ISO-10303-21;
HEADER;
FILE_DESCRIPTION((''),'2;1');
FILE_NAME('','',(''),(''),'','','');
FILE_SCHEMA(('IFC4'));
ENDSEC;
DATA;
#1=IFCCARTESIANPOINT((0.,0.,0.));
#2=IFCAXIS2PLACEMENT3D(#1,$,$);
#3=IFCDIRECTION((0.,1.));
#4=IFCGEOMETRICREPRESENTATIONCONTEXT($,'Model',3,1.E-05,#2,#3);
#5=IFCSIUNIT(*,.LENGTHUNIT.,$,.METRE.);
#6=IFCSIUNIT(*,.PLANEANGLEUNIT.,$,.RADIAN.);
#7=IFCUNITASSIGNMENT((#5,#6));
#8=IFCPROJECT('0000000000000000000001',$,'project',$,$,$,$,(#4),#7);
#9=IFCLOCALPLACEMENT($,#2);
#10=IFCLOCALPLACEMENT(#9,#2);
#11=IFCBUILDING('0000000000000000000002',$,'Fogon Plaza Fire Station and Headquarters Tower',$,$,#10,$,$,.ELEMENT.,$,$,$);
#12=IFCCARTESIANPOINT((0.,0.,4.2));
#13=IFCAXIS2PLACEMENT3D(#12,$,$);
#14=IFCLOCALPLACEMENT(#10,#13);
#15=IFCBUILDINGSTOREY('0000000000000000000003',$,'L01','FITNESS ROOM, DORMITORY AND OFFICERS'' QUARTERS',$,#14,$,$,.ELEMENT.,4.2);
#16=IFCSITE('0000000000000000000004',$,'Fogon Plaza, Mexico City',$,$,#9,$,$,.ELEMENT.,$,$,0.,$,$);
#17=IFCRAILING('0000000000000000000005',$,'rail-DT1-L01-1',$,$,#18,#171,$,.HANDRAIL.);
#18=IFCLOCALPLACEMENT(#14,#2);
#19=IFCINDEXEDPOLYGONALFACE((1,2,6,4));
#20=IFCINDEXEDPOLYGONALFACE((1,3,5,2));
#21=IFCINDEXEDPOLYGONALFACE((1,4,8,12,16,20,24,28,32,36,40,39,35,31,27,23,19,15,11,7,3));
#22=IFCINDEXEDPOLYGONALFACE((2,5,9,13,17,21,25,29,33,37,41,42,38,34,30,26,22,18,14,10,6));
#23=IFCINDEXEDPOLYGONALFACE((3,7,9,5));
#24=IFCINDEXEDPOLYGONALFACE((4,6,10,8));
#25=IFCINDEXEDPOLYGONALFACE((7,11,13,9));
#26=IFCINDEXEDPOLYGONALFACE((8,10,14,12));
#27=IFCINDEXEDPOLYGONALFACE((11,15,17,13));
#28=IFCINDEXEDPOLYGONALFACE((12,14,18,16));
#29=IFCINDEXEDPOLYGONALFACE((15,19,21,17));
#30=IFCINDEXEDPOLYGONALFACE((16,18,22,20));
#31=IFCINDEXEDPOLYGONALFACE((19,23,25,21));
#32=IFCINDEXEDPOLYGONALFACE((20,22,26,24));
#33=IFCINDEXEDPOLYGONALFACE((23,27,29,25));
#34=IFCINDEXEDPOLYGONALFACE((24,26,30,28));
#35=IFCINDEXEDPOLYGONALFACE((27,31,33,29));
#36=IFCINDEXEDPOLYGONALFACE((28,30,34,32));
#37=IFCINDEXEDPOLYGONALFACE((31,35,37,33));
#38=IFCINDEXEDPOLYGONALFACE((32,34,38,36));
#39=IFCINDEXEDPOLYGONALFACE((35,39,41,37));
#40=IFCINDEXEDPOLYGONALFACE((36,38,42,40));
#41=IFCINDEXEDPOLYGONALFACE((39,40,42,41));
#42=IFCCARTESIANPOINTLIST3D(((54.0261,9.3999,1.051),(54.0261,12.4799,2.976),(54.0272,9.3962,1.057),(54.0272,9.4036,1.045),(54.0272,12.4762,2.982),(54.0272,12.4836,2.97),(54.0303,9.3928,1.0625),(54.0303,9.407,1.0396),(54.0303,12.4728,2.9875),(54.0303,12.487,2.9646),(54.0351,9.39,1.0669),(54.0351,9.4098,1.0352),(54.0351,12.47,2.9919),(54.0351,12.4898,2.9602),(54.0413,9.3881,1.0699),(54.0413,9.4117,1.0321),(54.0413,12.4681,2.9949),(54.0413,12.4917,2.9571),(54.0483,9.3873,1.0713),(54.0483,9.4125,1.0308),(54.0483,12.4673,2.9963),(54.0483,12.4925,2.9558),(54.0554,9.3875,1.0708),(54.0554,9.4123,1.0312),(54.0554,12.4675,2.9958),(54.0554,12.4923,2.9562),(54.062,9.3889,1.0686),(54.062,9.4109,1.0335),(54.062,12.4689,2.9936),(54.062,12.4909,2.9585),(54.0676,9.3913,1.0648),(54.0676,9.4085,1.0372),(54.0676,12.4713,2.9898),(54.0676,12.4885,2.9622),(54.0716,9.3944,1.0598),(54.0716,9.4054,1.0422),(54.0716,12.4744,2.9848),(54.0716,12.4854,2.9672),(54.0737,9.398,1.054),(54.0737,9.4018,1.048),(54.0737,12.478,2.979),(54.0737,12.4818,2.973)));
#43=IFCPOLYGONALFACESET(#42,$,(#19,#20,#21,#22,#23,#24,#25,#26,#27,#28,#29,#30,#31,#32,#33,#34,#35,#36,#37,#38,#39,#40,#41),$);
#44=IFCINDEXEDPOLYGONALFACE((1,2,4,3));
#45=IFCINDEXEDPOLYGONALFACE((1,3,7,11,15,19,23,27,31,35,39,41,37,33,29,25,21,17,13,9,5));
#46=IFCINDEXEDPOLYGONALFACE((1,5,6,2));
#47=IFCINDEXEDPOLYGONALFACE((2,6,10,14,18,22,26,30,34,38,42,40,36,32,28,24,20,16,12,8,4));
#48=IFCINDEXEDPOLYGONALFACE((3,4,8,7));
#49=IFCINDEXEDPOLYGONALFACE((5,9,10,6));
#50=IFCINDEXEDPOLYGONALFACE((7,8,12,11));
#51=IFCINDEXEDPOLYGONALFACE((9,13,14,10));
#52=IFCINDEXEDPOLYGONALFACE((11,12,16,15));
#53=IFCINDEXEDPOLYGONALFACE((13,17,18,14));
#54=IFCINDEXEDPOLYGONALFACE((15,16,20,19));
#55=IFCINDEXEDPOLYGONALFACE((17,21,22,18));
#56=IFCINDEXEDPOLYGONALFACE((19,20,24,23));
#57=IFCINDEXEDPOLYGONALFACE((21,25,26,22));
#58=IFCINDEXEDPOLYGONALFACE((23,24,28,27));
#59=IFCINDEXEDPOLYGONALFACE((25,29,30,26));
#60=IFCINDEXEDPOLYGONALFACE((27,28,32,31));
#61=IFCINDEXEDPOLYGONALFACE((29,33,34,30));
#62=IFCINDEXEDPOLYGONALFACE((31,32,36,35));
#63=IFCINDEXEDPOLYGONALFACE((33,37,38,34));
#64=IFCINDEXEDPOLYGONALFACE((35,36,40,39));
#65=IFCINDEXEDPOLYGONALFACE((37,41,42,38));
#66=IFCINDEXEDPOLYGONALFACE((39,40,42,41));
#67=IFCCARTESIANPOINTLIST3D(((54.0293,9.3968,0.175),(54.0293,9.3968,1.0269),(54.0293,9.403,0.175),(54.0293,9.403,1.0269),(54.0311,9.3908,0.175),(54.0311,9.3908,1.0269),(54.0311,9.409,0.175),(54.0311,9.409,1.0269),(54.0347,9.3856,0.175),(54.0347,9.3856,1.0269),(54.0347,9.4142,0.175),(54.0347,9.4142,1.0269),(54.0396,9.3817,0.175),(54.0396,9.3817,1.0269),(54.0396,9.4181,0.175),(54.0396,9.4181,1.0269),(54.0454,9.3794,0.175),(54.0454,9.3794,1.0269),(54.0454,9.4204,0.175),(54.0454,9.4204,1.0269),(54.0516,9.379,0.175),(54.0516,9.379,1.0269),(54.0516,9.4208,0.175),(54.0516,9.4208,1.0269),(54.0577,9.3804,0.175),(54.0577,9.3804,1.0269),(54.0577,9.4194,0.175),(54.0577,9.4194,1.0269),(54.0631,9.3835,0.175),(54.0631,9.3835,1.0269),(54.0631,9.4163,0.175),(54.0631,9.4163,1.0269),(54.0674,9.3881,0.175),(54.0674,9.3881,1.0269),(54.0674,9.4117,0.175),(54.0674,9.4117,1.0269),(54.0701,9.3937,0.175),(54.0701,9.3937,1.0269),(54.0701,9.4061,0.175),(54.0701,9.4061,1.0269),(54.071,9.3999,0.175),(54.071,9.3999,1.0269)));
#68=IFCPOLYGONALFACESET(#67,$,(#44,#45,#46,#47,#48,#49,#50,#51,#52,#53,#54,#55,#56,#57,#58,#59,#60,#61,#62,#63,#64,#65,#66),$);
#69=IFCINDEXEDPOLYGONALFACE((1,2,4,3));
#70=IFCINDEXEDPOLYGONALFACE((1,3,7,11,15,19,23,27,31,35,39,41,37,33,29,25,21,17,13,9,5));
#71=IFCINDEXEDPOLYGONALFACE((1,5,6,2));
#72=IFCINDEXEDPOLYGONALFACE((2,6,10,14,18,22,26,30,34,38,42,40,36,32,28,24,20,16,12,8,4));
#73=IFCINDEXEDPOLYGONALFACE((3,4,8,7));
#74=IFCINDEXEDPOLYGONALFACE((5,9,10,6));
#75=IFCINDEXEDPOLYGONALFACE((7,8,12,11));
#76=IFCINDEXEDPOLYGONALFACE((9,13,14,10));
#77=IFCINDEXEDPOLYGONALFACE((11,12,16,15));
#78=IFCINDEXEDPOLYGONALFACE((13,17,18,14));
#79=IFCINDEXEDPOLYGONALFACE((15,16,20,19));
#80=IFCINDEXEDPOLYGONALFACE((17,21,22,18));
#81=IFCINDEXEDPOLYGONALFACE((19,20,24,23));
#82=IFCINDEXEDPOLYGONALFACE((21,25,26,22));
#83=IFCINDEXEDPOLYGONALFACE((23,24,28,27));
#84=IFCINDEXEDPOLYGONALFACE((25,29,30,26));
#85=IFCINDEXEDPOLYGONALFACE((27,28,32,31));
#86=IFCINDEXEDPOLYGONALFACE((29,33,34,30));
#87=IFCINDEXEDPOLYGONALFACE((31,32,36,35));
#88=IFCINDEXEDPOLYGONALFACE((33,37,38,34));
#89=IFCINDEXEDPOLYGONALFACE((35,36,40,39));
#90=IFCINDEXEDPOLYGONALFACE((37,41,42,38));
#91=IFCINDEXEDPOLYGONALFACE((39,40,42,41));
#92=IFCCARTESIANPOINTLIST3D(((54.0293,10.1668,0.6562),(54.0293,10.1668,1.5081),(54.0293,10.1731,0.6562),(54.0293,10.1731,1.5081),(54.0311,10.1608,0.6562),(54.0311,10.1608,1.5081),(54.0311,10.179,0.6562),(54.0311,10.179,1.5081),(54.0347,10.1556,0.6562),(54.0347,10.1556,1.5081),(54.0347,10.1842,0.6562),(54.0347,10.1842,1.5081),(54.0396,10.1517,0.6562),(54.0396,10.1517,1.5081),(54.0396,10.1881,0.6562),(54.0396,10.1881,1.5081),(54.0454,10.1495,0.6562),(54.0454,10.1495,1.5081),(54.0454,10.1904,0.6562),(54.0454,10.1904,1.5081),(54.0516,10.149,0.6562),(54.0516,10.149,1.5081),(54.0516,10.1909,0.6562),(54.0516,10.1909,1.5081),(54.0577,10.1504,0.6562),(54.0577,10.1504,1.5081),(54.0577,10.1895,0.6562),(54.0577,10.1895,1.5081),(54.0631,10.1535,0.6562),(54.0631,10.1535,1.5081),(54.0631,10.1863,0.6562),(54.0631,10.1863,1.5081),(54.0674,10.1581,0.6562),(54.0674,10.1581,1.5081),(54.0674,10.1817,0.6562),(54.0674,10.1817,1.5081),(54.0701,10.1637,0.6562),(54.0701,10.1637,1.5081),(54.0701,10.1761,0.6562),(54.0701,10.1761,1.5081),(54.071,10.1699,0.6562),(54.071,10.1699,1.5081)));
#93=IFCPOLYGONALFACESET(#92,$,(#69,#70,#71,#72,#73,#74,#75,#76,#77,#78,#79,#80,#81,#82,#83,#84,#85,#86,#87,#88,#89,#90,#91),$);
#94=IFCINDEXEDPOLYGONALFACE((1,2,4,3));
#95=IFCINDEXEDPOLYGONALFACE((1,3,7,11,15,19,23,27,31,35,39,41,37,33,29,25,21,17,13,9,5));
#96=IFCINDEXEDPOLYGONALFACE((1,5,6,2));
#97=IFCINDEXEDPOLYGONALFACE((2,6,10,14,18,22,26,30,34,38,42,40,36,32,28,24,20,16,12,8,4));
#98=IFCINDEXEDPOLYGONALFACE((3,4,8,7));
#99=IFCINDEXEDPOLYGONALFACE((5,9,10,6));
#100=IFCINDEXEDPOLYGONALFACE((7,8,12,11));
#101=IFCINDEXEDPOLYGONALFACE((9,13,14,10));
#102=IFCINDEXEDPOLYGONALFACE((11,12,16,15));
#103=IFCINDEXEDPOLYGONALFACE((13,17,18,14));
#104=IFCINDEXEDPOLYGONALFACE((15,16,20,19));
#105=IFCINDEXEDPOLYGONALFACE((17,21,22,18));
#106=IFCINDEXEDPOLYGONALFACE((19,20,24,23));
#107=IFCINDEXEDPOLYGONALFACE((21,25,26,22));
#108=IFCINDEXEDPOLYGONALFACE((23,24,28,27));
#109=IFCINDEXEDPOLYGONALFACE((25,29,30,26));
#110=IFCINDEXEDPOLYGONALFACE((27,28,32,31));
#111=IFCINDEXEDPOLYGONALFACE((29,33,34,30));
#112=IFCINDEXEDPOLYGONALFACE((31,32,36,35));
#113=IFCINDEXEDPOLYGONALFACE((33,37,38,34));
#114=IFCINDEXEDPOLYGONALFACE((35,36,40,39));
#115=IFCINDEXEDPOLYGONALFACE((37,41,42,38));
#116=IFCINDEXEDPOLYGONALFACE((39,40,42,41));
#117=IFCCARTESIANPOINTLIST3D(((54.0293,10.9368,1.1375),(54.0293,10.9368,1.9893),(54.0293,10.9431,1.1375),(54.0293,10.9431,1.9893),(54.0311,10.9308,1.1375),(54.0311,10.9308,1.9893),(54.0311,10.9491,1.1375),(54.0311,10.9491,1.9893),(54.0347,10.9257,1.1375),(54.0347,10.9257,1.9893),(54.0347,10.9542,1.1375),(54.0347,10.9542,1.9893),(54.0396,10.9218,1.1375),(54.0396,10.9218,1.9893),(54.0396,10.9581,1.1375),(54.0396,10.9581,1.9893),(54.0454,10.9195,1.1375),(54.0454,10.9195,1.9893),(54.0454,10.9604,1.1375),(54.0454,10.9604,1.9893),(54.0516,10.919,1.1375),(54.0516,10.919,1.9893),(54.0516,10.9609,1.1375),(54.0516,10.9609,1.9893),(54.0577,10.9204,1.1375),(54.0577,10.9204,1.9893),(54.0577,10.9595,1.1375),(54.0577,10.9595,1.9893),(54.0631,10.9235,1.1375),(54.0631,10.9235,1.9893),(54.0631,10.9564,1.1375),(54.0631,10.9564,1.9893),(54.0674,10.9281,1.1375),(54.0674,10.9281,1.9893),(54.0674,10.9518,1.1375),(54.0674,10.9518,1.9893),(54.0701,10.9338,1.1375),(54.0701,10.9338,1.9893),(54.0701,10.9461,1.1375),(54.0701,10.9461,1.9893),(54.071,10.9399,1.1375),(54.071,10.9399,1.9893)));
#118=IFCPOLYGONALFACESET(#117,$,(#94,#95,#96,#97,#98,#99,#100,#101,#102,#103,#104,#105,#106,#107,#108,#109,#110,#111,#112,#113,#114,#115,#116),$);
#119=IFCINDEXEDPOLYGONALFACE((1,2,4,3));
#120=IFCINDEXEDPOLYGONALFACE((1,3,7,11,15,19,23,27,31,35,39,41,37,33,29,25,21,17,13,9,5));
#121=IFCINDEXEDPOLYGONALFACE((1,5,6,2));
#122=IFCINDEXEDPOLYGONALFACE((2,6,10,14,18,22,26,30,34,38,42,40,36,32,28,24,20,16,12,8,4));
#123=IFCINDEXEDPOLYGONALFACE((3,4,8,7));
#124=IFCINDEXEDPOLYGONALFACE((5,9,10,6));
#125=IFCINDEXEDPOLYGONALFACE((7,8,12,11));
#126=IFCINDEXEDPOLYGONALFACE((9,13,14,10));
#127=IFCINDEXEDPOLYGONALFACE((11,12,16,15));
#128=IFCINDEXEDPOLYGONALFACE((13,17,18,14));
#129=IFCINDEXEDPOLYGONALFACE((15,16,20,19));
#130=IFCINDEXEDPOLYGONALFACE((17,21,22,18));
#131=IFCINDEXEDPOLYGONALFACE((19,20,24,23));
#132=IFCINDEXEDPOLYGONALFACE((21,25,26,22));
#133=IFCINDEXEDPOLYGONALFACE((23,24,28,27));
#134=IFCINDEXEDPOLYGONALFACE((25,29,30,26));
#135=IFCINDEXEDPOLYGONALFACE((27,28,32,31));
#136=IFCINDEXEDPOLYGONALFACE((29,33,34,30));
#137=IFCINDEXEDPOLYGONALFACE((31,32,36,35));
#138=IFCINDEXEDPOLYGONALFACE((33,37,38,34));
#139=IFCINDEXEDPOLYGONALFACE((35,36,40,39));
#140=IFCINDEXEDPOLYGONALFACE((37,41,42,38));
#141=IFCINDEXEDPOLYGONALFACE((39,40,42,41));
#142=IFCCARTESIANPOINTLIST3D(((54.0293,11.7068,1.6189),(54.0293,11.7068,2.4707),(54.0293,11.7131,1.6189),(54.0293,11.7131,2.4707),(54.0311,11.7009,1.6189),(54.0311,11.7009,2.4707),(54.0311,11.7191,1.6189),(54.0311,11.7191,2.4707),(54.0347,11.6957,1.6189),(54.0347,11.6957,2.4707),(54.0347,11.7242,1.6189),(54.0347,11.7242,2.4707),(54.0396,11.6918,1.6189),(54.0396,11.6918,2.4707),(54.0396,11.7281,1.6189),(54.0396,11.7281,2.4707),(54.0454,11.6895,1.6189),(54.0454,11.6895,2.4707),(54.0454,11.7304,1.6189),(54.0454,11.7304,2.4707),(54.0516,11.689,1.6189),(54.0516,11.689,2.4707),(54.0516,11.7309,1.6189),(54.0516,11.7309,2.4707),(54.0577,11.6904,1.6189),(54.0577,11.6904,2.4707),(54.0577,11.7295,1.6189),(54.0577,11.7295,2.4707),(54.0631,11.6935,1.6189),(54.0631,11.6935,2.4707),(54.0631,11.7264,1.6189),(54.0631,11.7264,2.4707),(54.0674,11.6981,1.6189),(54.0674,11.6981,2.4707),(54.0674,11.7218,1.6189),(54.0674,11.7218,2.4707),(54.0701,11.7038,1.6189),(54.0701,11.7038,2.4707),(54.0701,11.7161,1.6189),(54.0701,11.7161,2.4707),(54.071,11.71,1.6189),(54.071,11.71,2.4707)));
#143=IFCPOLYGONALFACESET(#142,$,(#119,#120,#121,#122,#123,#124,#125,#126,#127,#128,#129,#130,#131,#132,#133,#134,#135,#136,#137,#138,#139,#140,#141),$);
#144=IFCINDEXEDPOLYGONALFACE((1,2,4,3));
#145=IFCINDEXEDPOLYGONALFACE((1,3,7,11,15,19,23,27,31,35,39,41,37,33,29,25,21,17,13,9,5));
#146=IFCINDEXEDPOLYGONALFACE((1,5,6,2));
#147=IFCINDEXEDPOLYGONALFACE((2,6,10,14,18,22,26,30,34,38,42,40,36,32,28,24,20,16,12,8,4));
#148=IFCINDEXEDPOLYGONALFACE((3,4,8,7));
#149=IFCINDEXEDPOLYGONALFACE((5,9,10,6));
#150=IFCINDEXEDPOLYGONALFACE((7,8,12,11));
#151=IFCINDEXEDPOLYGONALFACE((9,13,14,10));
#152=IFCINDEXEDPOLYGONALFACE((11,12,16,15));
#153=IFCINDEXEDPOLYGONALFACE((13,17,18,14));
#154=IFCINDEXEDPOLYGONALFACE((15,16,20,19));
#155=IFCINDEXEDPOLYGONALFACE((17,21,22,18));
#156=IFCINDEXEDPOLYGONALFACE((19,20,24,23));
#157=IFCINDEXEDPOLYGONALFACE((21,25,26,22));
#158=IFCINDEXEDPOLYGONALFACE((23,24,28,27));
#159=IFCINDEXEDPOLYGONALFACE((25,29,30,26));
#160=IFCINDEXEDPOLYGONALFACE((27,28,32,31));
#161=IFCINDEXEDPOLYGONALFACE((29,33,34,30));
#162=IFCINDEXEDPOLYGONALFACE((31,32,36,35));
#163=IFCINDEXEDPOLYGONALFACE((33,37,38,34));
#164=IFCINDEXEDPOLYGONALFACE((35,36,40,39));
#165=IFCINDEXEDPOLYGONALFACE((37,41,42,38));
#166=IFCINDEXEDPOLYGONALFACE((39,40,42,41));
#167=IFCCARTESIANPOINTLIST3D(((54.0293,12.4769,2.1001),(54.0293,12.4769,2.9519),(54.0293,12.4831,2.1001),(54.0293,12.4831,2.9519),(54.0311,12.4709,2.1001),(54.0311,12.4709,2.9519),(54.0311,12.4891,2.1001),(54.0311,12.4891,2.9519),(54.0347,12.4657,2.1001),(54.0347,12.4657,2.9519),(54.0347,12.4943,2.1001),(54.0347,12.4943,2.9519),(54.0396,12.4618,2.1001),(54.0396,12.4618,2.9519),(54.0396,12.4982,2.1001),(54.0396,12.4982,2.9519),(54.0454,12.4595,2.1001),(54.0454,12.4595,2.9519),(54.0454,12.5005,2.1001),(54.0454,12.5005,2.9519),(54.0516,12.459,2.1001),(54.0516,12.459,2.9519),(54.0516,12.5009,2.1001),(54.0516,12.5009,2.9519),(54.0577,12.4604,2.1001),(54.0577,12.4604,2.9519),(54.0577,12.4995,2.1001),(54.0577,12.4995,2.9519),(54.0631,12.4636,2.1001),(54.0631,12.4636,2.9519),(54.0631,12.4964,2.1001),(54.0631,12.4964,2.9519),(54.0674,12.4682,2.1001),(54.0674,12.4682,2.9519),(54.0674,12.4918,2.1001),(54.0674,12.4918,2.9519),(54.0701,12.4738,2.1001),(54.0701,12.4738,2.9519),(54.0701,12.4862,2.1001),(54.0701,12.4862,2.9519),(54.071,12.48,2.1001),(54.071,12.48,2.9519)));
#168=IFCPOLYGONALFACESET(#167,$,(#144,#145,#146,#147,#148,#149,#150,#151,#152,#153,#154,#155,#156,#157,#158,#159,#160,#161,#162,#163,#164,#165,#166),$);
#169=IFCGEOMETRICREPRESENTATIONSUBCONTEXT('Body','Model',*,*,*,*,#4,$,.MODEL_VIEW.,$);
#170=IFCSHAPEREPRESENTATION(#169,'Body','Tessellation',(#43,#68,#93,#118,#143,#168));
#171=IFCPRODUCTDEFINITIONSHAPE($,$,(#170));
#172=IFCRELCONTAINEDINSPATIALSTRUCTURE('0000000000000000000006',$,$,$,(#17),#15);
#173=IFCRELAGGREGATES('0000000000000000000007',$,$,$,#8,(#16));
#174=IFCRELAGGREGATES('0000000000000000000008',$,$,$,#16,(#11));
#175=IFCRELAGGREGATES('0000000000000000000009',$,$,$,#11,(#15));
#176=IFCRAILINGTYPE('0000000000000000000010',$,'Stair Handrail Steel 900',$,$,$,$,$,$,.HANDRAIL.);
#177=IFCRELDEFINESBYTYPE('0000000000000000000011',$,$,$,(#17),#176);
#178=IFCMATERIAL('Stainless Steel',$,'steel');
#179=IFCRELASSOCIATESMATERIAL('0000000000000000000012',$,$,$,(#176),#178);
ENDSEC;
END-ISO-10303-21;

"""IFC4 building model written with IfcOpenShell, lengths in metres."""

from ifc_helpers import new_model, si_unit, direction, frame, origin, origin_2d, place, context, subcontext, project, spatial, circle, extrude, material, type_object, element, save


model = new_model("IFC4")

# Units and contexts
model_context = context("Model", 3, precision=1e-05, world=origin(), true_north=direction((0.0, 1.0)))
body_context = subcontext(model_context, "Body", "Model", "MODEL_VIEW")
ifc_project = project(units=[si_unit("LENGTHUNIT", "METRE"), si_unit("PLANEANGLEUNIT", "RADIAN")], contexts=[model_context])

# Site, building, storey
site_placement = place(None, origin())
site = spatial("IfcSite", under=ifc_project, at=site_placement, Name="Fogon Plaza, Mexico City", CompositionType="ELEMENT", RefElevation=0.0)
building_placement = place(site_placement, origin())
building = spatial("IfcBuilding", under=site, at=building_placement, Name="Fogon Plaza Fire Station and Headquarters Tower", CompositionType="ELEMENT")
storey_placement = place(building_placement, frame((0.0, 0.0, 4.2)))
storey = spatial("IfcBuildingStorey", under=building, at=storey_placement, Name="L01", Description="FITNESS ROOM, DORMITORY AND OFFICERS' QUARTERS", CompositionType="ELEMENT", Elevation=4.2)

# Railing
ifc_material_1 = material(Name="Stainless Steel", Category="steel")
railing_type_1 = type_object("IfcRailingType", Name="Stair Handrail Steel 900", PredefinedType="HANDRAIL", material=ifc_material_1)
for number, where, name in (
    (1, (54.05, 9.3999, 0.175), "rail-DT1-L01-1"),
):
    element("IfcRailing", number, at=place(storey_placement, frame(where)), inside=storey, type_object=railing_type_1, Name=name, PredefinedType="HANDRAIL", context=body_context, shape_type="SweptSolid", body=[
        extrude(circle(Radius=0.0239, at=origin_2d()), frame((0.0, 0.0, 0.876), z_axis=(0.0, 0.847998, 0.529999), x_axis=(-1.0, 0.0, 0.0)), (0.0, 0.0, 1.0), 3.6321),
        extrude(circle(Radius=0.021, at=origin_2d()), origin(), (0.0, 0.0, 1.0), 0.8518),
        extrude(circle(Radius=0.021, at=origin_2d()), frame((0.0, 0.77, 0.4812)), (0.0, 0.0, 1.0), 0.8518),
        extrude(circle(Radius=0.021, at=origin_2d()), frame((0.0, 1.54, 0.9624)), (0.0, 0.0, 1.0), 0.8518),
        extrude(circle(Radius=0.021, at=origin_2d()), frame((0.0, 2.3101, 1.4438)), (0.0, 0.0, 1.0), 0.8518),
        extrude(circle(Radius=0.021, at=origin_2d()), frame((0.0, 3.0801, 1.925)), (0.0, 0.0, 1.0), 0.8518),
    ])

save(model, "model.ifc")
